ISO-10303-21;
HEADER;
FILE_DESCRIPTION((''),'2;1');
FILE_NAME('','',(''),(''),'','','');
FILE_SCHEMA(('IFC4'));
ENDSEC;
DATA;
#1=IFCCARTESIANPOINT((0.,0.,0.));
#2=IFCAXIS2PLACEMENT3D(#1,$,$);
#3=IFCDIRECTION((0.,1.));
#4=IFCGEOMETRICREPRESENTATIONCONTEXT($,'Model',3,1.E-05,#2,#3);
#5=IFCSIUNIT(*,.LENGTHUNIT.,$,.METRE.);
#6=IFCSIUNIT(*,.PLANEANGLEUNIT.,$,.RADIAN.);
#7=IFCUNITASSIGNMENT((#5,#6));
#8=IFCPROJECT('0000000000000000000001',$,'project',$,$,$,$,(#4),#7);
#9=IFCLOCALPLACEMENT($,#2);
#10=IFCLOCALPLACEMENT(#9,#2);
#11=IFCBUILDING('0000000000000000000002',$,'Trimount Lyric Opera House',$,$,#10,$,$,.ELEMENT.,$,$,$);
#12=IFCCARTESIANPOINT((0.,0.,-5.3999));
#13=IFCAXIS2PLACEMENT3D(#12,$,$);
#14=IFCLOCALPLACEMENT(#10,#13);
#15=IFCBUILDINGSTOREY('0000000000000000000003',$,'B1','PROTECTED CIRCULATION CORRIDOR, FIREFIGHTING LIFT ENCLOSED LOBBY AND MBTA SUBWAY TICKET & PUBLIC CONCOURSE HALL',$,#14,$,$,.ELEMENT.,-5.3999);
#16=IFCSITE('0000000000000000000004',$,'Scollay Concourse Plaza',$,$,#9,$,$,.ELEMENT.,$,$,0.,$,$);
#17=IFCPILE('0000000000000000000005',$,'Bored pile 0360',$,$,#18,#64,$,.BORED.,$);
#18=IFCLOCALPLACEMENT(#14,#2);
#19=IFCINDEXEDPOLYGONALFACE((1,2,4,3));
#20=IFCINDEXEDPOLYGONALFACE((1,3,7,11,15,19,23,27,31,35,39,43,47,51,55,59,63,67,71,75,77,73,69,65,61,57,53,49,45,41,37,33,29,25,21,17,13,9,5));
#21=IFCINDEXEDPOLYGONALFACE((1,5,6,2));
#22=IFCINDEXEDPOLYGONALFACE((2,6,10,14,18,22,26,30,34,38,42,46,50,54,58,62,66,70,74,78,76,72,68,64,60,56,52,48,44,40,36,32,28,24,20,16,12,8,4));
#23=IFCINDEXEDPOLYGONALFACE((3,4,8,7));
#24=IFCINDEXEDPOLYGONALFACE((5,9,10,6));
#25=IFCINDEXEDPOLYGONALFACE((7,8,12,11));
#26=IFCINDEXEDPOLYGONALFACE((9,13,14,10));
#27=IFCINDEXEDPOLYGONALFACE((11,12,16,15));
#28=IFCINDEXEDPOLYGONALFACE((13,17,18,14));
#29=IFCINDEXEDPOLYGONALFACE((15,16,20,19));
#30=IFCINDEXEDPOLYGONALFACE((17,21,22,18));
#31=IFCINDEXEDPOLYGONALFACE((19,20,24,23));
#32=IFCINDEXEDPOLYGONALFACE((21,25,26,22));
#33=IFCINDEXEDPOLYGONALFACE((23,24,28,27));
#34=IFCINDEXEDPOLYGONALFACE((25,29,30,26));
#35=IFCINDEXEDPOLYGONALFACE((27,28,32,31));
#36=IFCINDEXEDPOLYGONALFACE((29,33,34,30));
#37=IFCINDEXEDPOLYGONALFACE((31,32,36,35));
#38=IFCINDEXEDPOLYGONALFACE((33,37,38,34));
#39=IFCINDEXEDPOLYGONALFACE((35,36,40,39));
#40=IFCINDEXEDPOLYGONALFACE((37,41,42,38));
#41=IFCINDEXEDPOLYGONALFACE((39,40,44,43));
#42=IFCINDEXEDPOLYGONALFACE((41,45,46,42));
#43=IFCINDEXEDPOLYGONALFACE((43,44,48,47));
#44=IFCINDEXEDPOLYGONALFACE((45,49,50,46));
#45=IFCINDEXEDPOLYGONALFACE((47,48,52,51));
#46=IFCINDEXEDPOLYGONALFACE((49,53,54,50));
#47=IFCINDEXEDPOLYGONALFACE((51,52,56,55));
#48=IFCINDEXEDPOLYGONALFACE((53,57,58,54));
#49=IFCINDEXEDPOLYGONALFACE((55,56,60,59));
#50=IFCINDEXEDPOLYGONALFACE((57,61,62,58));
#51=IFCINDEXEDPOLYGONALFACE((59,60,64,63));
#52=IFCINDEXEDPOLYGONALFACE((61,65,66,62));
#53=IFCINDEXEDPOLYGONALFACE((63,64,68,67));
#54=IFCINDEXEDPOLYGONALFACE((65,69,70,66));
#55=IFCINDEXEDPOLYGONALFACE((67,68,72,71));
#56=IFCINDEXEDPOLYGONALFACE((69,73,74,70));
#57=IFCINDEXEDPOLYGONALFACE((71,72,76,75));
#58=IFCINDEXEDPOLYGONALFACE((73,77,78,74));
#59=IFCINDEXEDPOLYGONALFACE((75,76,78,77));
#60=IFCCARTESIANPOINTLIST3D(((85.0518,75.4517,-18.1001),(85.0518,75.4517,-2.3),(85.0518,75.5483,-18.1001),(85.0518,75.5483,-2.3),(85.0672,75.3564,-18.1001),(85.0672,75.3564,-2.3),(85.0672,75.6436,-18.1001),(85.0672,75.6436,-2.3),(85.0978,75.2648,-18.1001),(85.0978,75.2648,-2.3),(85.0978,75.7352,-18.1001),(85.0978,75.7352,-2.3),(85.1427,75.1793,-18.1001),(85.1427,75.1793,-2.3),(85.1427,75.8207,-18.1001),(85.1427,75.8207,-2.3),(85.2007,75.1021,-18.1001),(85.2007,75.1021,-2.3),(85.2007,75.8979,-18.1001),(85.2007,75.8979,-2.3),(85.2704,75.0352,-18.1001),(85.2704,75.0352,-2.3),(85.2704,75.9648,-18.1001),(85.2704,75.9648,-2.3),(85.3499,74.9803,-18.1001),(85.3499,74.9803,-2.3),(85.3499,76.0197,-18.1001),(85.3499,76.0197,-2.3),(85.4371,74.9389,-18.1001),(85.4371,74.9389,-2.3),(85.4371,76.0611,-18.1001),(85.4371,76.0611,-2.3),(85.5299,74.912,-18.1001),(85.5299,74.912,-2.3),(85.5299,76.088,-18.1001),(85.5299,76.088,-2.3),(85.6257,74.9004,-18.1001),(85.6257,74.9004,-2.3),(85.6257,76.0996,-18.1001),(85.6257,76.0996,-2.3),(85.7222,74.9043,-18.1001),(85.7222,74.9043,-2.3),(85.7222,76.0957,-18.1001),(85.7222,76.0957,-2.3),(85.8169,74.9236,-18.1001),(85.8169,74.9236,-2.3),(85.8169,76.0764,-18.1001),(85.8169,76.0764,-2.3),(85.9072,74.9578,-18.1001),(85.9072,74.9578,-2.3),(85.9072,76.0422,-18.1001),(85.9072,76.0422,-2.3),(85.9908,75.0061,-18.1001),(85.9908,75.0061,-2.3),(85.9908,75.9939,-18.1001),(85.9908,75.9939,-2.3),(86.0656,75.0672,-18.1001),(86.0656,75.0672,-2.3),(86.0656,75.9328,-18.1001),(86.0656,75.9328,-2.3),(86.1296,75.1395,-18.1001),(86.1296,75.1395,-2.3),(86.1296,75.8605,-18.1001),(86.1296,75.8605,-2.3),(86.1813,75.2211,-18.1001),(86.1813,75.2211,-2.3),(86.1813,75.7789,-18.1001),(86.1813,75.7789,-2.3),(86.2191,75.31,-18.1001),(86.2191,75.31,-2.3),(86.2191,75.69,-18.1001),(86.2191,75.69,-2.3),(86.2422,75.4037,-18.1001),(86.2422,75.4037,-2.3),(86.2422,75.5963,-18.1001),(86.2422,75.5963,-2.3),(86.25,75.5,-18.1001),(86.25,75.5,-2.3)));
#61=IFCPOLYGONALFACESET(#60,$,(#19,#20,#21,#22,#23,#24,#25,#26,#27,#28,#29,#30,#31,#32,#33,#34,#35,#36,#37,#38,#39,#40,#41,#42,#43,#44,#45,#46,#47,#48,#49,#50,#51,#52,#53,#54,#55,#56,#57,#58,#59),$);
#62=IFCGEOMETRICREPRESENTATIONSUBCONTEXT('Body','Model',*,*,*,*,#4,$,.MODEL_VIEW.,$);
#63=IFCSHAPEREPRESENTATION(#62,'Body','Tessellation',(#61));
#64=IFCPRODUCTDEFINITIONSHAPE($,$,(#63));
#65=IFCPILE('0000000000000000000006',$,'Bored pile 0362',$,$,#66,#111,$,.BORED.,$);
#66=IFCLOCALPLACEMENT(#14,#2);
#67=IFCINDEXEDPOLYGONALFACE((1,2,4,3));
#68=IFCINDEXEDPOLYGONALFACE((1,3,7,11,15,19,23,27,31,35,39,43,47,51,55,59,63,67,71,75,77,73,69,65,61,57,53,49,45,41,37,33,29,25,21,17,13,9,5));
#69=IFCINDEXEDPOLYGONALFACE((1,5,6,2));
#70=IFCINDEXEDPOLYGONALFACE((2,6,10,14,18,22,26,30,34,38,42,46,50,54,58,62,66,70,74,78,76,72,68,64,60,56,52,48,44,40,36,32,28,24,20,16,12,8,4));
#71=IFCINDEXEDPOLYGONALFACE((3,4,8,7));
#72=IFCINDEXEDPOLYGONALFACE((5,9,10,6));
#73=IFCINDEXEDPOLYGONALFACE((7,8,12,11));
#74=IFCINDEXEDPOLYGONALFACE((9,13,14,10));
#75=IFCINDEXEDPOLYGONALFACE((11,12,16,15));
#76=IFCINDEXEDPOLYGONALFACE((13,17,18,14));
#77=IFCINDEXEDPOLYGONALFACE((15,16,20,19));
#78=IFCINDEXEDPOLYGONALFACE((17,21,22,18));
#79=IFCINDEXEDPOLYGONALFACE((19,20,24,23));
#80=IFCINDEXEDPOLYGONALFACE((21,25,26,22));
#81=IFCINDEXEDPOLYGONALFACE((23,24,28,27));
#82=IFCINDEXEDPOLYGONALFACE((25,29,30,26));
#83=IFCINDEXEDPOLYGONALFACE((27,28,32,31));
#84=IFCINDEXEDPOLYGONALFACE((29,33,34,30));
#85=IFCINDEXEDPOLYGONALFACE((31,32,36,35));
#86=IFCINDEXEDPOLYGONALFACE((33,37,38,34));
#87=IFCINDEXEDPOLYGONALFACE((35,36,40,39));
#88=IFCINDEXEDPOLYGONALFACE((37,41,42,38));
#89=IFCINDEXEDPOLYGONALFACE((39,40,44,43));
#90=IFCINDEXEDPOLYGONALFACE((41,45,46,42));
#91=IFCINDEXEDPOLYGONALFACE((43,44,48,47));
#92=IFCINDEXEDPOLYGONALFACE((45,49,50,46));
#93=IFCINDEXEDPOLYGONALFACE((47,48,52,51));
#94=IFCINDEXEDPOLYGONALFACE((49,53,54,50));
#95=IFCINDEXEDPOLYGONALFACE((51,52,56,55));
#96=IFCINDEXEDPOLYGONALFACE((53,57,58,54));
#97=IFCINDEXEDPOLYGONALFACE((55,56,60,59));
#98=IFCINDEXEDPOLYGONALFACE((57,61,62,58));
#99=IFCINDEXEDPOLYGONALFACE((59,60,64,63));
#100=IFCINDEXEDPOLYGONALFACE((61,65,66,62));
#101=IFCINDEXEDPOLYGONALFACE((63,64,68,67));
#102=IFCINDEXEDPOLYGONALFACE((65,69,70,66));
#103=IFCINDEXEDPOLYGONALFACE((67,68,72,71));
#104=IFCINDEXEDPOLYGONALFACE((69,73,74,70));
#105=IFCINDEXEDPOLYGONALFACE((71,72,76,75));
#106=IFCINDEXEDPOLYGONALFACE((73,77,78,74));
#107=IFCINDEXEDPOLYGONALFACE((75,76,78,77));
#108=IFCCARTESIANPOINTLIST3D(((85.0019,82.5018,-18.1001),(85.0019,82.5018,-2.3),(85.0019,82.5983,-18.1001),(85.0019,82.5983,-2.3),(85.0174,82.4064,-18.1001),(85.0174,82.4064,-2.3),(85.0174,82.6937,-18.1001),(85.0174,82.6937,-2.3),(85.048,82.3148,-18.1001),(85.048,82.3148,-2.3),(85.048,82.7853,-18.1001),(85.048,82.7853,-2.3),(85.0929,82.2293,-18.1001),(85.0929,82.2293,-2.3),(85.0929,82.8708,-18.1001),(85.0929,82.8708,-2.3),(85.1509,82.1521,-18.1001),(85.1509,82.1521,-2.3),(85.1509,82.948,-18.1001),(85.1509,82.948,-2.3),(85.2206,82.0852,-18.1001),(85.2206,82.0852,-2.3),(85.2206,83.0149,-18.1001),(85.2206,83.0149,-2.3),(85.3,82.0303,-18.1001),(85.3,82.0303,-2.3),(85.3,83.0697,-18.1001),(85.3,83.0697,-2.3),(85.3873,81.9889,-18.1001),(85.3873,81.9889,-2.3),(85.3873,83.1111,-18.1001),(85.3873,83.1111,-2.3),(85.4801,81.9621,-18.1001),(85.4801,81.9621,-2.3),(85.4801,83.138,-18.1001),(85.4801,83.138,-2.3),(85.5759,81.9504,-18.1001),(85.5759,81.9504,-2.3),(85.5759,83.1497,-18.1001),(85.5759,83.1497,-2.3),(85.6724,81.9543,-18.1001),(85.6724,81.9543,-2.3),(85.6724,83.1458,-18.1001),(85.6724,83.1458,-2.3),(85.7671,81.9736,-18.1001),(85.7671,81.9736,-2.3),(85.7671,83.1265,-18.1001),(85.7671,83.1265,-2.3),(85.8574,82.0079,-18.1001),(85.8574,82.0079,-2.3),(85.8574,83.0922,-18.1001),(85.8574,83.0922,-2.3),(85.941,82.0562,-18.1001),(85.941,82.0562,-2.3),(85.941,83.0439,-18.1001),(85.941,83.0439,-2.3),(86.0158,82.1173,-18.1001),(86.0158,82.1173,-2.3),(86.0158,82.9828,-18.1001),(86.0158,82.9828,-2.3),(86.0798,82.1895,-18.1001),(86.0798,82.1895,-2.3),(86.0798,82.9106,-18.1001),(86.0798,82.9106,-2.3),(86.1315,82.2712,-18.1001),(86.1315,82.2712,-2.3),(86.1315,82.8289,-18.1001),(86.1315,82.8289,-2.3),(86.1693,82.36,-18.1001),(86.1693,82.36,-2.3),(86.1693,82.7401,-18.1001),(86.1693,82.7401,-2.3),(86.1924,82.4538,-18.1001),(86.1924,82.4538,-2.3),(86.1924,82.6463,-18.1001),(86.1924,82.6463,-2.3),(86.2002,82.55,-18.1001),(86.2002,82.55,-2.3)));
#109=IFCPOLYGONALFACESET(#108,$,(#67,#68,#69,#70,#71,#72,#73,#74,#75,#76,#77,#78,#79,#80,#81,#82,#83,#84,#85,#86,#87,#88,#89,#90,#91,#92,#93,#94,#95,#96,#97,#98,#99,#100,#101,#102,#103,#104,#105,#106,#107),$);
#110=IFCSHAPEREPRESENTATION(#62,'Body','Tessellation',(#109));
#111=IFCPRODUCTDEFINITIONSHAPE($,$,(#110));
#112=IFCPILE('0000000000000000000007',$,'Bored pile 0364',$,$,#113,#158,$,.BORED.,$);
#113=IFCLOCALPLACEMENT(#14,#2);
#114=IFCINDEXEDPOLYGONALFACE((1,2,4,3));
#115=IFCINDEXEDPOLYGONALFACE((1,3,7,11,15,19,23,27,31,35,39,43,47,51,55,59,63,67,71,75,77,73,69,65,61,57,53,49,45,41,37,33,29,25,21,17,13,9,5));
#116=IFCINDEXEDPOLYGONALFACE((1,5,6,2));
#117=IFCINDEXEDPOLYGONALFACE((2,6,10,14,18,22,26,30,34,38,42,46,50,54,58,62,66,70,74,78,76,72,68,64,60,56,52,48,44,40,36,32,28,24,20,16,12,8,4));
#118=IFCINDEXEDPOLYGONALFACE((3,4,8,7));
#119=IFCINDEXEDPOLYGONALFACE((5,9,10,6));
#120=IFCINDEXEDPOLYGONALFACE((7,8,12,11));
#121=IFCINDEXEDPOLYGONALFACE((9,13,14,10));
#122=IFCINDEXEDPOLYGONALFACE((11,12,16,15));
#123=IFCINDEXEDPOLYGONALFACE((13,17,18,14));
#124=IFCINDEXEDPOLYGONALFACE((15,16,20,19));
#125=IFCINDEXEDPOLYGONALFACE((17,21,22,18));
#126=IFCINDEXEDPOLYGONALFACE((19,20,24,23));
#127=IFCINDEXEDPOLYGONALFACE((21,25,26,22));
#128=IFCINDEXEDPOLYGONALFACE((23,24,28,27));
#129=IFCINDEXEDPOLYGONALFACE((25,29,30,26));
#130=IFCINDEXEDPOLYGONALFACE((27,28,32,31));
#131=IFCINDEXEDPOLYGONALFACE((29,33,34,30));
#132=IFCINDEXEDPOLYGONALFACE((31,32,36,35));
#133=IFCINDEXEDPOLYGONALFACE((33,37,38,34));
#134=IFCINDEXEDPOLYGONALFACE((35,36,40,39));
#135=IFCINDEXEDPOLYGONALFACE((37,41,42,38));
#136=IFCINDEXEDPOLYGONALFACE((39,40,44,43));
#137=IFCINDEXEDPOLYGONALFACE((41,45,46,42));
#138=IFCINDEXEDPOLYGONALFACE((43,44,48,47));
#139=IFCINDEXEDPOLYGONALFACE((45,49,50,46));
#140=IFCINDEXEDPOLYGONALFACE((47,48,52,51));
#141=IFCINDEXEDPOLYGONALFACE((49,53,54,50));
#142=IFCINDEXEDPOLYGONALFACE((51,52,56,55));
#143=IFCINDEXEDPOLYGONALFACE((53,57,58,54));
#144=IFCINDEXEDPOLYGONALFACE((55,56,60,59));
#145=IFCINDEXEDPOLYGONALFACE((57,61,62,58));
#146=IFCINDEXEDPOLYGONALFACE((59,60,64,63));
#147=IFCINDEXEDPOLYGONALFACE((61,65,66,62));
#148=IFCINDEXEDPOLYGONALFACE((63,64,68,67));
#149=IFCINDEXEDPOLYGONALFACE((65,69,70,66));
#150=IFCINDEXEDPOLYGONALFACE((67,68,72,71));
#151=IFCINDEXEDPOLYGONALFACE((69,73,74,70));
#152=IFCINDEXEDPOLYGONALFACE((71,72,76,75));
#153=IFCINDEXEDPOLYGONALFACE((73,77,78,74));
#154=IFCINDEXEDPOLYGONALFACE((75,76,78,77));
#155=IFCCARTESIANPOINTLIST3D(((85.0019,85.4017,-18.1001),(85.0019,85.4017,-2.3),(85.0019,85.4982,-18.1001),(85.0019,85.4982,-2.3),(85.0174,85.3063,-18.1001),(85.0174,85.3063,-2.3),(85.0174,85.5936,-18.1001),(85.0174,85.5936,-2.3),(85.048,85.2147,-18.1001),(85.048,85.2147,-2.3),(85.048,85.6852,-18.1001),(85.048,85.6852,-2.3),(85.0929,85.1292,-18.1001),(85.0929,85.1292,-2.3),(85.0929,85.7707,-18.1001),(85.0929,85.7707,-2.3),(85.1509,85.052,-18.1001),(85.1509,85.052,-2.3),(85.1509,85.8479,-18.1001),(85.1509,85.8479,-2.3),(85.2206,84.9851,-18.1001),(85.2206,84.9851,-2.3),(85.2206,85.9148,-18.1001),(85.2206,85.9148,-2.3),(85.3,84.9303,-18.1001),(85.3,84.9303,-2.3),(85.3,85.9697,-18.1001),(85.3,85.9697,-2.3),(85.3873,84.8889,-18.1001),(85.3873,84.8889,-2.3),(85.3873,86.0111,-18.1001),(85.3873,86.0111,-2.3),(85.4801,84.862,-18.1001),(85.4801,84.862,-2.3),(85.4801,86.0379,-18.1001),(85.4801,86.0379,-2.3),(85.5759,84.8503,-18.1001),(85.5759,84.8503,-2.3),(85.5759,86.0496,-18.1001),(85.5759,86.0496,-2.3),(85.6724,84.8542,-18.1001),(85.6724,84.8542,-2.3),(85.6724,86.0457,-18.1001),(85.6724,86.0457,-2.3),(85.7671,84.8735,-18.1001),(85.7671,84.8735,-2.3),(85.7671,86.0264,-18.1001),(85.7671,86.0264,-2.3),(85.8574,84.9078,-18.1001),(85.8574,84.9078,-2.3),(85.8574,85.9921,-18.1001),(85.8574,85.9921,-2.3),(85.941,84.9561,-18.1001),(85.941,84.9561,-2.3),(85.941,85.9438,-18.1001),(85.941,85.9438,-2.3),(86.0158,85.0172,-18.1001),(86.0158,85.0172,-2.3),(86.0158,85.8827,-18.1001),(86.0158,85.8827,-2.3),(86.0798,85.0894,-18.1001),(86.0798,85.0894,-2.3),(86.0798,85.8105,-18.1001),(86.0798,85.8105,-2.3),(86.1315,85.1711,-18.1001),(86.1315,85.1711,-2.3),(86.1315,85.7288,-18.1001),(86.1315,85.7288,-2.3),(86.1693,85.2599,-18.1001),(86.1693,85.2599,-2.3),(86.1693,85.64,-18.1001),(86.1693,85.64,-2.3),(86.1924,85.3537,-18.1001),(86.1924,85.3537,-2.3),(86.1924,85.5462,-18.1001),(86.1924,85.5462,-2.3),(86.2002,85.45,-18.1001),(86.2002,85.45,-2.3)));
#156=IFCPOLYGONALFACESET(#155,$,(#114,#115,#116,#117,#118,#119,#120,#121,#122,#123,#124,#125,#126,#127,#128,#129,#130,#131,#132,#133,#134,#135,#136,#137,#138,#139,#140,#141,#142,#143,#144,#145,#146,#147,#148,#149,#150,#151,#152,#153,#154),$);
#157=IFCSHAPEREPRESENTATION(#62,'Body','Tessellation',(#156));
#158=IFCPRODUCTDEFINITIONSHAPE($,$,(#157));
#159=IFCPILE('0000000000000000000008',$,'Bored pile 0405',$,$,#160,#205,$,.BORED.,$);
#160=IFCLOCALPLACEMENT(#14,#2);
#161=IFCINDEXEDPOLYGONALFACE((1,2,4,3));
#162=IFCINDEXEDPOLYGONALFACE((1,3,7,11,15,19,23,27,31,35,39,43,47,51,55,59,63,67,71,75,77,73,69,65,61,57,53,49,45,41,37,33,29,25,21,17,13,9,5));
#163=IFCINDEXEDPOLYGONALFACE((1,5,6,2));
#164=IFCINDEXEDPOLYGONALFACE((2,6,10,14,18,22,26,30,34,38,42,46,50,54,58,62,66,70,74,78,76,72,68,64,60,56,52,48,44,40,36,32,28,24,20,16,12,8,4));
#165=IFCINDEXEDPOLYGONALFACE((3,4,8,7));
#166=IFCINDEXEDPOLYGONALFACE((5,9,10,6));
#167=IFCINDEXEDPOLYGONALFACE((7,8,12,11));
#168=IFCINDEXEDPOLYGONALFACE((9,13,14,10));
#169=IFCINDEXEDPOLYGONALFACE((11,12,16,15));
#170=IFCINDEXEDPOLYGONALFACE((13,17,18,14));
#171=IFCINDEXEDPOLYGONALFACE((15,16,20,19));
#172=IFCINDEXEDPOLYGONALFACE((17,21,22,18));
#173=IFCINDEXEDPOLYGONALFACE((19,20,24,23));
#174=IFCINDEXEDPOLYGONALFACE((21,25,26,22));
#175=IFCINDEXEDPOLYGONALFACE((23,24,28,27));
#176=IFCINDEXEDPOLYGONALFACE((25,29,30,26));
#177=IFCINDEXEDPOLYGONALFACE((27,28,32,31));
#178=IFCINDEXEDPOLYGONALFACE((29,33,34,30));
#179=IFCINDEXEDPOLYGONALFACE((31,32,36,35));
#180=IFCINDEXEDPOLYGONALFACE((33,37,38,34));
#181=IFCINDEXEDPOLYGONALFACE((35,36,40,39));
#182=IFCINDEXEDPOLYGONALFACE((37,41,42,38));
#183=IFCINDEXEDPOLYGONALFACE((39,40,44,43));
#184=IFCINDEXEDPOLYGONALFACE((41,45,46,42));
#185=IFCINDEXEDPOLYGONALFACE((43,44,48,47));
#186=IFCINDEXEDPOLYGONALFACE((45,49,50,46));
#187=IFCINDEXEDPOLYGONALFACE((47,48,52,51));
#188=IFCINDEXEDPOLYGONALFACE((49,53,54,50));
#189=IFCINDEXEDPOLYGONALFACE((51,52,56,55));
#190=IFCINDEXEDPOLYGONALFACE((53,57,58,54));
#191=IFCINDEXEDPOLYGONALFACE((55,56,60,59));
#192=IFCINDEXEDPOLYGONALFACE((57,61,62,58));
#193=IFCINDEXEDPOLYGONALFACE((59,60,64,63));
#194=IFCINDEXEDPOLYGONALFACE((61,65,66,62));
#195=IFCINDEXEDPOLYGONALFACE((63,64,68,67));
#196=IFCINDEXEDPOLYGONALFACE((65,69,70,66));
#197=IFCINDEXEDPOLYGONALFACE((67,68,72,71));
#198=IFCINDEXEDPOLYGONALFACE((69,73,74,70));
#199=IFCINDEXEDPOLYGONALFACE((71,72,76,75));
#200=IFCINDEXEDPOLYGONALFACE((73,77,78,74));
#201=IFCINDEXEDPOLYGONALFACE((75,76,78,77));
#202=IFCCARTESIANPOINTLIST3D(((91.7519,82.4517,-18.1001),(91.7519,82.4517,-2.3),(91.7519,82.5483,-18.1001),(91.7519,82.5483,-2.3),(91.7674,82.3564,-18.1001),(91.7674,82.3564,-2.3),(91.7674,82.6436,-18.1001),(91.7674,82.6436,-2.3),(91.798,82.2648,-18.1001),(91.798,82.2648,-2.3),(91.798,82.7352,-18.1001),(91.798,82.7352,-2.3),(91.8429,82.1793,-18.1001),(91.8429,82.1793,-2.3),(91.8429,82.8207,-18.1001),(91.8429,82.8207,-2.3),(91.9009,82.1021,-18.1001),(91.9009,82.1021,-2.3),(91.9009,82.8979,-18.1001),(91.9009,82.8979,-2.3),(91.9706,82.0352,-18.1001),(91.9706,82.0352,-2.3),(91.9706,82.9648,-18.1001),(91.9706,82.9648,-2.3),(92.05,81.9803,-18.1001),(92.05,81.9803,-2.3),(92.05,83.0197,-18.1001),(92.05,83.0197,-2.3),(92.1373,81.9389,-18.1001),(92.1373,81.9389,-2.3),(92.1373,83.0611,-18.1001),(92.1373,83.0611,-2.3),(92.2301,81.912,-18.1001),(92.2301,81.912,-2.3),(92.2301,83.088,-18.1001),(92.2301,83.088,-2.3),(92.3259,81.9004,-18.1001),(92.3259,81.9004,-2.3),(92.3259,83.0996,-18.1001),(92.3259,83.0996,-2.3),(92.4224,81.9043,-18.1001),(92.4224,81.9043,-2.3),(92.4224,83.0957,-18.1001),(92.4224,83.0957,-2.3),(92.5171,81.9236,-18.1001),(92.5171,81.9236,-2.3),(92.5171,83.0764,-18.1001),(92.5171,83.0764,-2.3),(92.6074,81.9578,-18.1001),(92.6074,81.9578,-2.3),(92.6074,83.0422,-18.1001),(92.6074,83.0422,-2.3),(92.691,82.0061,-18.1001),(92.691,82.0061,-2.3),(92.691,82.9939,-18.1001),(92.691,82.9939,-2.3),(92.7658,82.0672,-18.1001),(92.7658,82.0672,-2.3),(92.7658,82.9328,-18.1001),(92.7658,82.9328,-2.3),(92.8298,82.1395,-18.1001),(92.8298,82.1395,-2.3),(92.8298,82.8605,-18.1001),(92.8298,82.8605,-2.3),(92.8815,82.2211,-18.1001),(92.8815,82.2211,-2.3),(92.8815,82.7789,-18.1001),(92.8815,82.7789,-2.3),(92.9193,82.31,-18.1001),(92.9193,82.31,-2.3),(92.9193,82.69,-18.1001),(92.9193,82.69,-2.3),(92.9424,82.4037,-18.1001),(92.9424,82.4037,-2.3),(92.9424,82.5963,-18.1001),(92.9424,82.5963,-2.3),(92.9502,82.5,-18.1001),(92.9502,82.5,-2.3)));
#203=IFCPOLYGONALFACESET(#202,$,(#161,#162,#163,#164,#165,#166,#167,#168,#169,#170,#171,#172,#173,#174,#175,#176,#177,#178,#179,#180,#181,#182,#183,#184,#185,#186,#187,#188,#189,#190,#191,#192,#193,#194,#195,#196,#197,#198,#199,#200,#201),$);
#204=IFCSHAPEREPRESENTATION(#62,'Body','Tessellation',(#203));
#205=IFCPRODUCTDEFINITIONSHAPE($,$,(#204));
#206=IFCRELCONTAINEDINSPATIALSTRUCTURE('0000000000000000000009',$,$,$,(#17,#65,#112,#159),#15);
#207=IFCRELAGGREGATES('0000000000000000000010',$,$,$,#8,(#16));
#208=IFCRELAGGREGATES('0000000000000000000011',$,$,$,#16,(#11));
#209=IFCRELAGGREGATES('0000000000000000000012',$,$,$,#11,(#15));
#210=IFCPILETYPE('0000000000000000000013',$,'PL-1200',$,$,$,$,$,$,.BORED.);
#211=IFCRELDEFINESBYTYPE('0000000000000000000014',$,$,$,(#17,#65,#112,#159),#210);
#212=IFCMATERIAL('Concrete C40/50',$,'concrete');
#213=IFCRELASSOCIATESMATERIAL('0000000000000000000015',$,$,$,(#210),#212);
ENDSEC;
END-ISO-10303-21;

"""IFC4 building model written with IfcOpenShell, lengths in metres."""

from ifc_helpers import new_model, si_unit, direction, frame, origin, origin_2d, place, context, subcontext, project, spatial, circle, extrude, material, material_profile, profile_set, type_object, element, save


model = new_model("IFC4")

# Units and contexts
model_context = context("Model", 3, precision=1e-05, world=origin(), true_north=direction((0.0, 1.0)))
body_context = subcontext(model_context, "Body", "Model", "MODEL_VIEW")
ifc_project = project(units=[si_unit("LENGTHUNIT", "METRE"), si_unit("PLANEANGLEUNIT", "RADIAN")], contexts=[model_context])

# Site, building, storey
site_placement = place(None, origin())
site = spatial("IfcSite", under=ifc_project, at=site_placement, Name="Scollay Concourse Plaza", CompositionType="ELEMENT", RefElevation=0.0)
building_placement = place(site_placement, origin())
building = spatial("IfcBuilding", under=site, at=building_placement, Name="Trimount Lyric Opera House", CompositionType="ELEMENT")
storey_placement = place(building_placement, frame((0.0, 0.0, -5.3999)))
storey = spatial("IfcBuildingStorey", under=building, at=storey_placement, Name="B1", Description="PROTECTED CIRCULATION CORRIDOR, FIREFIGHTING LIFT ENCLOSED LOBBY AND MBTA SUBWAY TICKET & PUBLIC CONCOURSE HALL", CompositionType="ELEMENT", Elevation=-5.3999)

# Piles
ifc_material_1 = material(Name="Concrete C40/50", Category="concrete")
ifc_material_profile_1 = material_profile(ifc_material_1, circle(Radius=0.6001, at=origin_2d()), Name="PILE-D1200")
ifc_profile_set_1 = profile_set([ifc_material_profile_1], Name="Concrete C40/50")
pile_type_1 = type_object("IfcPileType", Name="PL-1200", PredefinedType="BORED", material=ifc_profile_set_1)
for number, where, z_axis, x_axis, name in (
    (1, (85.6499, 75.5, -2.3), (0.0, 0.0, -1.0), (1.0, 0.0, 0.0), "Bored pile 0360"),
    (2, (85.6001, 82.55, -2.3), (0.0, 0.0, -1.0), (1.0, 0.0, 0.0), "Bored pile 0362"),
    (3, (85.6001, 85.45, -2.3), (0.0, 0.0, -1.0), (1.0, 0.0, 0.0), "Bored pile 0364"),
    (4, (92.3501, 82.5, -2.3), (0.0, 0.0, -1.0), (1.0, 0.0, 0.0), "Bored pile 0405"),
):
    element("IfcPile", number, at=place(storey_placement, frame(where, z_axis=z_axis, x_axis=x_axis)), inside=storey, type_object=pile_type_1, Name=name, PredefinedType="BORED", context=body_context, shape_type="SweptSolid", body=[
        extrude(circle(Radius=0.6001, at=origin_2d()), origin(), (0.0, 0.0, 1.0), 15.8),
    ])

save(model, "model.ifc")
